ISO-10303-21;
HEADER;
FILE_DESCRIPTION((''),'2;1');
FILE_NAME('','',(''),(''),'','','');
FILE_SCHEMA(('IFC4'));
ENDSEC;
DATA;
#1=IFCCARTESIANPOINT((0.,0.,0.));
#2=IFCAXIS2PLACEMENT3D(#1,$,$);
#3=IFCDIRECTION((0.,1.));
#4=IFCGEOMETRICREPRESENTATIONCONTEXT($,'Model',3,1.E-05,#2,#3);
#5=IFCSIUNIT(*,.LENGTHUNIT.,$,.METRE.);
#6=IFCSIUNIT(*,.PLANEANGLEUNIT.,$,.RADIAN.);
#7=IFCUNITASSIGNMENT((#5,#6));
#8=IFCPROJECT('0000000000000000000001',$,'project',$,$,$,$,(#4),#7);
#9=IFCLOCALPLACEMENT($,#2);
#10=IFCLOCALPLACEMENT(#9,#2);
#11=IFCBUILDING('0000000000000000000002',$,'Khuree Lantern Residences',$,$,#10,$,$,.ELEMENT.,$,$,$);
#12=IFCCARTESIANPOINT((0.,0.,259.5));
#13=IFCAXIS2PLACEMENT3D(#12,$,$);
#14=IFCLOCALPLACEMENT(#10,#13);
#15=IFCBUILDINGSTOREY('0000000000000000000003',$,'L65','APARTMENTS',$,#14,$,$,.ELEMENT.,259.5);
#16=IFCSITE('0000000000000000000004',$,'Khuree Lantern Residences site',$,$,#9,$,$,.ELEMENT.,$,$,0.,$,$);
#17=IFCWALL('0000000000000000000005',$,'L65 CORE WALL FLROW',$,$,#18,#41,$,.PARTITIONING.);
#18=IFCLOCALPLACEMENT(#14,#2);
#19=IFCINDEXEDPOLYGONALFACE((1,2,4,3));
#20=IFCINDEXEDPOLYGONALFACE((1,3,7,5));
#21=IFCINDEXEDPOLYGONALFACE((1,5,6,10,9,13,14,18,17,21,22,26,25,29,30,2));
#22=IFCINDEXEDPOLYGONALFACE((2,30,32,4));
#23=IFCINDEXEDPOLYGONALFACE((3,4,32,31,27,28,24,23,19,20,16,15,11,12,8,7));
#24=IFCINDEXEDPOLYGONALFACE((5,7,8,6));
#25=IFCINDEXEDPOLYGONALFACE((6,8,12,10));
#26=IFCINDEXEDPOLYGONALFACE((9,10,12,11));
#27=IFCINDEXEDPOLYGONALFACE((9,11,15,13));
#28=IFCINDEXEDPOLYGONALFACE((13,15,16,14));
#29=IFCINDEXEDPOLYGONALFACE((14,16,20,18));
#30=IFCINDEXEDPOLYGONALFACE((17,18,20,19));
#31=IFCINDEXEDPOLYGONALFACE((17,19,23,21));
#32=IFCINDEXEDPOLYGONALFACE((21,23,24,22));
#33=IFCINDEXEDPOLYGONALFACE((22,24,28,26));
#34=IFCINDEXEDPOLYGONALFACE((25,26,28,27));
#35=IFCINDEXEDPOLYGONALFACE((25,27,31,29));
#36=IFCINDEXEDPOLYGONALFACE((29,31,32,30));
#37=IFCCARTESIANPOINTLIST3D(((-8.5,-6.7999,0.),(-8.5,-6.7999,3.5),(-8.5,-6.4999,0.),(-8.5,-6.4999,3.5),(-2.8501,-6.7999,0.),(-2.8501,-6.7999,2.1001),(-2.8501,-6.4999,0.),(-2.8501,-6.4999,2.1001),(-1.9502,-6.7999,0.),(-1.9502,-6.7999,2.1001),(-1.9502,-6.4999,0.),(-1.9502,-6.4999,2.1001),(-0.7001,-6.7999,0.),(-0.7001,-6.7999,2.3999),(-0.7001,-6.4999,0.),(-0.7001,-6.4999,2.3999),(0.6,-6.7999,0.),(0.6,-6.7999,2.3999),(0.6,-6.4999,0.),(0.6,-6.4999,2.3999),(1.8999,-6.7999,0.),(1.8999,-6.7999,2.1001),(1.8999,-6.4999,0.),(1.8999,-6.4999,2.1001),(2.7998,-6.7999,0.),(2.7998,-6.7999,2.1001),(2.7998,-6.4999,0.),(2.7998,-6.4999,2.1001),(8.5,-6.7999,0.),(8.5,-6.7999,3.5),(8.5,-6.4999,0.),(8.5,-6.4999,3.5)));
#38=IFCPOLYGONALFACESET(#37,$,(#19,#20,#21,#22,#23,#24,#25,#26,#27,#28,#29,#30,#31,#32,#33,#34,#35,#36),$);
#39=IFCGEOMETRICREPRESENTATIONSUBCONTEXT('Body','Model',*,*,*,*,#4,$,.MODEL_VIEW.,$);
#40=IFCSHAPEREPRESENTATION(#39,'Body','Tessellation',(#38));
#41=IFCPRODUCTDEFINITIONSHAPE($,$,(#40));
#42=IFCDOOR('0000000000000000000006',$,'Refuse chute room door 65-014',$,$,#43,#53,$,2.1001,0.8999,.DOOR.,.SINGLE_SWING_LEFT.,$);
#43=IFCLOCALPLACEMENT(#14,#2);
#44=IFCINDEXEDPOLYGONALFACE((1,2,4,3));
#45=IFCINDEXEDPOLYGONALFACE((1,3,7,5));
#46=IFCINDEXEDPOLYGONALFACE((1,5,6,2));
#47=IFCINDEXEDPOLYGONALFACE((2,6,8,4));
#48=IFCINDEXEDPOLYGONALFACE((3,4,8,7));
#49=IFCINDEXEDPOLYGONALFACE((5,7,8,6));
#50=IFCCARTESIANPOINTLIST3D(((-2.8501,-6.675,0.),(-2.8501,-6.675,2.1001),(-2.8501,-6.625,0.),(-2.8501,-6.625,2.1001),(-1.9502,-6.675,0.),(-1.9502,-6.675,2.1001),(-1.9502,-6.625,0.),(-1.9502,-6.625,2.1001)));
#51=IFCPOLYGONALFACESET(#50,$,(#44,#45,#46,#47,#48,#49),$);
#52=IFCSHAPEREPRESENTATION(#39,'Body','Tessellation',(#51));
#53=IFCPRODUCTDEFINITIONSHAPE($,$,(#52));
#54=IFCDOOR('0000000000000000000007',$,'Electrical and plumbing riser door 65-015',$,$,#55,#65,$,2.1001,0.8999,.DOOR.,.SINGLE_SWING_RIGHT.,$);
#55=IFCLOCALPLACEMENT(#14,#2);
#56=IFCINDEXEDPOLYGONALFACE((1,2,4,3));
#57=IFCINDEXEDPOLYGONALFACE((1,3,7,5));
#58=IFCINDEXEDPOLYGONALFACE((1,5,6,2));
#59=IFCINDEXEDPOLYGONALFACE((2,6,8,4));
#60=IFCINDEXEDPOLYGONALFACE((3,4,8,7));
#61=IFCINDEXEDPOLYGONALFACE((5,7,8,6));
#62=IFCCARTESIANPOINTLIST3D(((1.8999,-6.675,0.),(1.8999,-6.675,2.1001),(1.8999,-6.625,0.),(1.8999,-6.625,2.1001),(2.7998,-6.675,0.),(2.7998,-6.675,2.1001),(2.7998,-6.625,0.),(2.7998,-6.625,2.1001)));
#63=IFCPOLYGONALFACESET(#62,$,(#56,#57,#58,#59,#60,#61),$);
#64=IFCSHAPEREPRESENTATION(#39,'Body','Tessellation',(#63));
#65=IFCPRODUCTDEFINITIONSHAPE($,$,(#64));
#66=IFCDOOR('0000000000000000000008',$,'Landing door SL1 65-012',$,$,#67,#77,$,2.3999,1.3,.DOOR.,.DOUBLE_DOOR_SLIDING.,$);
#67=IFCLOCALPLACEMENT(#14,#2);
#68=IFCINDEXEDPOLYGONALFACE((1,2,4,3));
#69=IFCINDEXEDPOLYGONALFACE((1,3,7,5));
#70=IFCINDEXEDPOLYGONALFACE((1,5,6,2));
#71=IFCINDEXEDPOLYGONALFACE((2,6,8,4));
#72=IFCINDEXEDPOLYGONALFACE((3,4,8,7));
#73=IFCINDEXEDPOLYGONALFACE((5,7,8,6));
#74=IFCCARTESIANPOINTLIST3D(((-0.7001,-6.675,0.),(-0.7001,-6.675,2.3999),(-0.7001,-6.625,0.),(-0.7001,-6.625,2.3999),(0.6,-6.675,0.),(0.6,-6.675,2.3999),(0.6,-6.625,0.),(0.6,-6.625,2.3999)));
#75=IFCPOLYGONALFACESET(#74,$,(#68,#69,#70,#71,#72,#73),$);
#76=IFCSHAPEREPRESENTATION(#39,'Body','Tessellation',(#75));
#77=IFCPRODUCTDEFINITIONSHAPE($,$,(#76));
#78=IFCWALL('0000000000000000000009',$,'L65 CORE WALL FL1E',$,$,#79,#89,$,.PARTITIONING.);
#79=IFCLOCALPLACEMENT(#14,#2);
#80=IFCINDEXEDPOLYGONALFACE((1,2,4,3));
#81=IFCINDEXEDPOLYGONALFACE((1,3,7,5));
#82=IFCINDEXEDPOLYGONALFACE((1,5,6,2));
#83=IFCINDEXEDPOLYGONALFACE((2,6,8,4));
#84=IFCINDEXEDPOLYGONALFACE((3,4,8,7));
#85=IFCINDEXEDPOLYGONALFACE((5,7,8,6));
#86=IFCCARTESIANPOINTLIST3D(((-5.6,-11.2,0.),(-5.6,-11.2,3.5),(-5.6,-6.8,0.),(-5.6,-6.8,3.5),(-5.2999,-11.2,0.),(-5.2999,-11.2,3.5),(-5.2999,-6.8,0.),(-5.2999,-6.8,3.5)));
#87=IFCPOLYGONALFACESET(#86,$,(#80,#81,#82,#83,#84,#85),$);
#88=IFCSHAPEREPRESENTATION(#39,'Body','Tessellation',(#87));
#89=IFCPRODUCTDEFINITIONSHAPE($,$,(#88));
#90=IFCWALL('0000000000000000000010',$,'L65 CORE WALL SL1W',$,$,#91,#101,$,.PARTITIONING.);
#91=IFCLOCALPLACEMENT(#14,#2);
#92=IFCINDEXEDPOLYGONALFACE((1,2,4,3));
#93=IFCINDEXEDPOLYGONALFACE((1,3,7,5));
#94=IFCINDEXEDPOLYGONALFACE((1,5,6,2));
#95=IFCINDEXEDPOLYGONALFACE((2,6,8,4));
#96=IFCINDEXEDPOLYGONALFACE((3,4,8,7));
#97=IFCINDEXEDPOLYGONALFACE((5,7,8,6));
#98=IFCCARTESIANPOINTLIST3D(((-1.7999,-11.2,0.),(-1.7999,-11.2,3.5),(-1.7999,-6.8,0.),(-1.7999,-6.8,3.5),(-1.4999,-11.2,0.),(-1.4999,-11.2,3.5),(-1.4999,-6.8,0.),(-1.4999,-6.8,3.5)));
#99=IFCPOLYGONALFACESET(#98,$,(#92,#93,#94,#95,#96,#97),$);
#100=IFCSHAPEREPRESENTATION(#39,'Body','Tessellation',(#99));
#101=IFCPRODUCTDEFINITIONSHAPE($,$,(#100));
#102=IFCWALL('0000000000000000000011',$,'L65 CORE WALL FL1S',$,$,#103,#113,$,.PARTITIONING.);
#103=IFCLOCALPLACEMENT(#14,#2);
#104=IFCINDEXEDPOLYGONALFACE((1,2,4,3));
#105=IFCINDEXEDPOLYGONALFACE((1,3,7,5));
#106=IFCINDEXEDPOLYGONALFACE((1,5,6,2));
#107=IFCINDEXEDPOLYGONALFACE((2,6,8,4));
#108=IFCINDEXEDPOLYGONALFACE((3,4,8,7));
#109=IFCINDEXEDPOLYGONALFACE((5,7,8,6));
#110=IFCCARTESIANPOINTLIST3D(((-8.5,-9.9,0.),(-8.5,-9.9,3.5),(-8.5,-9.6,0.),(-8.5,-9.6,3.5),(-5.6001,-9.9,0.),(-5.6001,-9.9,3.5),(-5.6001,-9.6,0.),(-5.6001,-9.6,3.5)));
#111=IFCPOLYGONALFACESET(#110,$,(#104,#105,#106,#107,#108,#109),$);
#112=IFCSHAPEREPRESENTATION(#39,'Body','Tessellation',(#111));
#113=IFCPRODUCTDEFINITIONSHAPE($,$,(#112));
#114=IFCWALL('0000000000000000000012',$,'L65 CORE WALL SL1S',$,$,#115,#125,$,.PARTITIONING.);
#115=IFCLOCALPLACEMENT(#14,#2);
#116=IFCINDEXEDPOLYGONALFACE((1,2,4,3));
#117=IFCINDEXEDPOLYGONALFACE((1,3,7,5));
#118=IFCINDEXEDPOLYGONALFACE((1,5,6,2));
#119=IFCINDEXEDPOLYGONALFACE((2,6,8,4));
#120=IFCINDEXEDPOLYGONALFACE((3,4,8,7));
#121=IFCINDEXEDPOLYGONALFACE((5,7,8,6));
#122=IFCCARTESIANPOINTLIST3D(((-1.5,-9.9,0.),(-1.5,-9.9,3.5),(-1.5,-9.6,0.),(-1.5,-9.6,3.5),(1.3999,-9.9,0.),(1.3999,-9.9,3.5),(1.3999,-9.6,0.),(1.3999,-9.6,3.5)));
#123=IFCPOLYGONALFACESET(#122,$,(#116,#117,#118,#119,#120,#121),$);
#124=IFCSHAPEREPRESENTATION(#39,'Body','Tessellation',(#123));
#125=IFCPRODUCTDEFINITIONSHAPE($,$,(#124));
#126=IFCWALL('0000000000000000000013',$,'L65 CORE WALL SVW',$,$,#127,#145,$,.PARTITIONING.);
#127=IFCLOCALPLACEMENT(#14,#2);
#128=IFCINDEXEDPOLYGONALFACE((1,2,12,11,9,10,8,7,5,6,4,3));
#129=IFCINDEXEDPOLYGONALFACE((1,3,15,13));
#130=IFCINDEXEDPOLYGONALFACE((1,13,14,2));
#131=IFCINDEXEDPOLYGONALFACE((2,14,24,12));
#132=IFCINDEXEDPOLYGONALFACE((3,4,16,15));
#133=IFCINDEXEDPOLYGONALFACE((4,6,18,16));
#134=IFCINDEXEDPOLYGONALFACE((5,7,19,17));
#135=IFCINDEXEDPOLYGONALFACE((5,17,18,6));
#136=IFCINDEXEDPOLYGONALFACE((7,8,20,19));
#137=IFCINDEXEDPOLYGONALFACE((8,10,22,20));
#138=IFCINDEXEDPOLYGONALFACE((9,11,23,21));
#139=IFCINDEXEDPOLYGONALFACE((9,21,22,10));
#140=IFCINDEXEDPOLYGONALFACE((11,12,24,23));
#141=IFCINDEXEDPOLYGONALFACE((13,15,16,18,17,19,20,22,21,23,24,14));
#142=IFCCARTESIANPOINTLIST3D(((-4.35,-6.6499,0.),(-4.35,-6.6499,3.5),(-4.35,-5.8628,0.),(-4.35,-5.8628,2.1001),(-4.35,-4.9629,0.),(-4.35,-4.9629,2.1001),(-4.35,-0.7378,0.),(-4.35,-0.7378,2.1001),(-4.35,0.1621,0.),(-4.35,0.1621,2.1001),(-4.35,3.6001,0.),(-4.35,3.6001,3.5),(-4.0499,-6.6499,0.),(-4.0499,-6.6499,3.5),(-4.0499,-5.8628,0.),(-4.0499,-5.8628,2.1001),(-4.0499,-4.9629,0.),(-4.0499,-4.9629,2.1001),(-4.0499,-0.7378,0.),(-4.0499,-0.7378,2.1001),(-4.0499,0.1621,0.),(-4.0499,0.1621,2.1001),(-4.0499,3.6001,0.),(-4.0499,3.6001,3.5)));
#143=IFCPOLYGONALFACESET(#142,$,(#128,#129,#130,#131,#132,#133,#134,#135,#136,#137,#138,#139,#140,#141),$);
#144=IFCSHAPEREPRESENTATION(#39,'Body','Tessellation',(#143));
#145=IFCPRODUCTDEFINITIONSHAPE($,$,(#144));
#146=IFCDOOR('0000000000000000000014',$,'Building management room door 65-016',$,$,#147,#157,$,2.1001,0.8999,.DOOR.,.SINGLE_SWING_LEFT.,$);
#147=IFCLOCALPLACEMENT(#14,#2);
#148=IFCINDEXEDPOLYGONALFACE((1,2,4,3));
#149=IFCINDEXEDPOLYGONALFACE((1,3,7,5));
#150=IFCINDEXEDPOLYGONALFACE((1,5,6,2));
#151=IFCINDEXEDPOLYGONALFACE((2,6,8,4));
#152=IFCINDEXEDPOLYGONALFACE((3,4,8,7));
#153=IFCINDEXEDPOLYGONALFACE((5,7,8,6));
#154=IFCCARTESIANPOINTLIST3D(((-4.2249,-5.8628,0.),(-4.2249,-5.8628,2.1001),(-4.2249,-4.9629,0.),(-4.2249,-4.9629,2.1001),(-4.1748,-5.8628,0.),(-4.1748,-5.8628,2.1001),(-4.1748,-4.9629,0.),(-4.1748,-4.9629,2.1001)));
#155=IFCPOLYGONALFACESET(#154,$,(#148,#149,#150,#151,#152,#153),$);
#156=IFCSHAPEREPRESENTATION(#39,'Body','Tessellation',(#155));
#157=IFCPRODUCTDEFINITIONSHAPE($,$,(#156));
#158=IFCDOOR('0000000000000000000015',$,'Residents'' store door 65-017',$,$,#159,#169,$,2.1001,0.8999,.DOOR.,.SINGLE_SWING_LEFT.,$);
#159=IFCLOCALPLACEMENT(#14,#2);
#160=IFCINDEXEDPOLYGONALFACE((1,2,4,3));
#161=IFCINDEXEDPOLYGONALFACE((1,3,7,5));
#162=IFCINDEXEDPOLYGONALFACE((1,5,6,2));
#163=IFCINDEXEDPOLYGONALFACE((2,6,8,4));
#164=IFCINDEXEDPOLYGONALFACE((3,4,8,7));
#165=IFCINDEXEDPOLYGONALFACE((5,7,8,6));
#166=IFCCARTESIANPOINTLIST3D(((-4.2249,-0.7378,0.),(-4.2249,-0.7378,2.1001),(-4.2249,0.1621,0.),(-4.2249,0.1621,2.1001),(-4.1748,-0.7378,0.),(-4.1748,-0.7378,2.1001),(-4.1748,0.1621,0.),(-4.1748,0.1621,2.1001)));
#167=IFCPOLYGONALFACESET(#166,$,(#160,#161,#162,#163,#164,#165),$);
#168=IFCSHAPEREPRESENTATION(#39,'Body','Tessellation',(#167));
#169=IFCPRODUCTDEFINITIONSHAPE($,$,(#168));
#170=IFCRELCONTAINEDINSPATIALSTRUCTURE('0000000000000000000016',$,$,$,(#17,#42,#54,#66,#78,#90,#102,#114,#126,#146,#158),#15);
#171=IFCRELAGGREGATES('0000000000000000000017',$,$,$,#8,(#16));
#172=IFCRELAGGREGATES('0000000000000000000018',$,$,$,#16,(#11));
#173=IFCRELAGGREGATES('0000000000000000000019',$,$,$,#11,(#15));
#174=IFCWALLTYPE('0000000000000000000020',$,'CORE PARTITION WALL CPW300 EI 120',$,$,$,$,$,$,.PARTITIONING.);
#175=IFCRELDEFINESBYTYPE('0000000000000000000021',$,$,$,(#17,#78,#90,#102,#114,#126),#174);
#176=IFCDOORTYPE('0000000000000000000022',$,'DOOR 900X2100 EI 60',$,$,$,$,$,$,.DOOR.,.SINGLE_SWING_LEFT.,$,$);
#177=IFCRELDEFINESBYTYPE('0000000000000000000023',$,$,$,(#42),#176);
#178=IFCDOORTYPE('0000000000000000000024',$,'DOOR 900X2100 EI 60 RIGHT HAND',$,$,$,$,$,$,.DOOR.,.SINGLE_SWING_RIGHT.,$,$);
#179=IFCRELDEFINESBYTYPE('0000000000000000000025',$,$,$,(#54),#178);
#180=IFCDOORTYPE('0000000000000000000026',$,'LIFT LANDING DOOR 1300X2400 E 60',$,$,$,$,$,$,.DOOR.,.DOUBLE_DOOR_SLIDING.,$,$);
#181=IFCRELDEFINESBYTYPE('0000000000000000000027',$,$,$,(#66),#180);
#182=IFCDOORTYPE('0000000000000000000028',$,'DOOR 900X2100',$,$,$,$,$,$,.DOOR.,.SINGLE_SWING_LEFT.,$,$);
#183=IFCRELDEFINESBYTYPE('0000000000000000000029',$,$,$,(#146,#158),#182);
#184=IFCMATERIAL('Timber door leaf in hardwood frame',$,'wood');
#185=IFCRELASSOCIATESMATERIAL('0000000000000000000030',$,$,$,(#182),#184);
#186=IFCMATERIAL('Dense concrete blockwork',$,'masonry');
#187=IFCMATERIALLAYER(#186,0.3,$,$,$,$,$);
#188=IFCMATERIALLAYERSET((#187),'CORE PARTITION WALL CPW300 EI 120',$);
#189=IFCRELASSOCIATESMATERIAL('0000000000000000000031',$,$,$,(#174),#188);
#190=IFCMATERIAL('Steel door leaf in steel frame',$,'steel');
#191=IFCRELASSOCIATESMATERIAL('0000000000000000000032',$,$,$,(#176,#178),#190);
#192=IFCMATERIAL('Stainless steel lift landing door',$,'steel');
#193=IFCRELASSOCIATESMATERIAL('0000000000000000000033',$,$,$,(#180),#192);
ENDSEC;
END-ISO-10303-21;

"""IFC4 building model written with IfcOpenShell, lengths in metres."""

from ifc_helpers import new_model, si_unit, direction, frame, frame_2d, origin, place, context, subcontext, project, spatial, rectangle, extrude, material, layer, layer_set, type_object, element, fill, save


model = new_model("IFC4")

# Units and contexts
model_context = context("Model", 3, precision=1e-05, world=origin(), true_north=direction((0.0, 1.0)))
body_context = subcontext(model_context, "Body", "Model", "MODEL_VIEW")
ifc_project = project(units=[si_unit("LENGTHUNIT", "METRE"), si_unit("PLANEANGLEUNIT", "RADIAN")], contexts=[model_context])

# Site, building, storey
site_placement = place(None, origin())
site = spatial("IfcSite", under=ifc_project, at=site_placement, Name="Khuree Lantern Residences site", CompositionType="ELEMENT", RefElevation=0.0)
building_placement = place(site_placement, origin())
building = spatial("IfcBuilding", under=site, at=building_placement, Name="Khuree Lantern Residences", CompositionType="ELEMENT")
storey_placement = place(building_placement, frame((0.0, 0.0, 259.5)))
storey = spatial("IfcBuildingStorey", under=building, at=storey_placement, Name="L65", Description="APARTMENTS", CompositionType="ELEMENT", Elevation=259.5)

# Shared definitions
ifc_material_1 = material(Name="Timber door leaf in hardwood frame", Category="wood")
door_type_1 = type_object("IfcDoorType", Name="DOOR 900X2100", OperationType="SINGLE_SWING_LEFT", PredefinedType="DOOR", material=ifc_material_1)

# Shared definitions
ifc_material_2 = material(Name="Dense concrete blockwork", Category="masonry")
ifc_layer_1 = layer(ifc_material_2, 0.3)
ifc_layer_set_1 = layer_set([ifc_layer_1], Name="CORE PARTITION WALL CPW300 EI 120")
wall_type_1 = type_object("IfcWallType", Name="CORE PARTITION WALL CPW300 EI 120", PredefinedType="PARTITIONING", material=ifc_layer_set_1)
ifc_material_3 = material(Name="Stainless steel lift landing door", Category="steel")

# Wall, openings, doors
wall_1_placement = place(storey_placement, frame((-8.5, -6.6499, 0.0), z_axis=(0.0, 0.0, 1.0), x_axis=(1.0, 0.0, 0.0)))
wall_1 = element("IfcWall", 1, at=wall_1_placement, inside=storey, type_object=wall_type_1, Name="L65 CORE WALL FLROW", PredefinedType="PARTITIONING", context=body_context, shape_type="SweptSolid", body=[
    extrude(rectangle(XDim=17.0, YDim=0.3, at=frame_2d((8.5, 0.0))), origin(), (0.0, 0.0, 1.0), 3.5),
])
opening_1_placement = place(wall_1_placement, frame((7.8, 0.0, 0.0)))
opening_1 = element("IfcOpeningElement", 2, at=opening_1_placement, cuts=wall_1, PredefinedType="OPENING", context=body_context, shape_type="SweptSolid", body=[
    extrude(rectangle(XDim=1.3, YDim=2.3999, at=frame_2d((0.6499, 1.2))), frame((0.0, 0.1602, 0.0), z_axis=(0.0, -1.0, 0.0), x_axis=(1.0, 0.0, 0.0)), (0.0, 0.0, 1.0), 0.3201),
])
opening_2_placement = place(wall_1_placement, frame((5.6499, 0.0, 0.0)))
opening_2 = element("IfcOpeningElement", 3, at=opening_2_placement, cuts=wall_1, PredefinedType="OPENING", context=body_context, shape_type="SweptSolid", body=[
    extrude(rectangle(XDim=0.8999, YDim=2.1001, at=frame_2d((0.45, 1.05))), frame((0.0, 0.1602, 0.0), z_axis=(0.0, -1.0, 0.0), x_axis=(1.0, 0.0, 0.0)), (0.0, 0.0, 1.0), 0.3201),
])
opening_3_placement = place(wall_1_placement, frame((10.3999, 0.0, 0.0)))
opening_3 = element("IfcOpeningElement", 4, at=opening_3_placement, cuts=wall_1, PredefinedType="OPENING", context=body_context, shape_type="SweptSolid", body=[
    extrude(rectangle(XDim=0.8999, YDim=2.1001, at=frame_2d((0.45, 1.05))), frame((0.0, 0.1602, 0.0), z_axis=(0.0, -1.0, 0.0), x_axis=(1.0, 0.0, 0.0)), (0.0, 0.0, 1.0), 0.3201),
])
ifc_material_4 = material(Name="Steel door leaf in steel frame", Category="steel")
door_type_2 = type_object("IfcDoorType", Name="DOOR 900X2100 EI 60", OperationType="SINGLE_SWING_LEFT", PredefinedType="DOOR", material=ifc_material_4)
door_1_placement = place(opening_2_placement, origin())
door_1 = element("IfcDoor", 5, at=door_1_placement, inside=storey, type_object=door_type_2, Name="Refuse chute room door 65-014", OperationType="SINGLE_SWING_LEFT", OverallHeight=2.1001, OverallWidth=0.8999, PredefinedType="DOOR", context=body_context, shape_type="SweptSolid", body=[
    extrude(rectangle(XDim=0.8999, YDim=2.1001, at=frame_2d((0.45, 1.05))), frame((0.0, 0.0249, 0.0), z_axis=(0.0, -1.0, 0.0), x_axis=(1.0, 0.0, 0.0)), (0.0, 0.0, 1.0), 0.05),
])
fill(opening_2, door_1)
door_type_3 = type_object("IfcDoorType", Name="DOOR 900X2100 EI 60 RIGHT HAND", OperationType="SINGLE_SWING_RIGHT", PredefinedType="DOOR", material=ifc_material_4)
door_2_placement = place(opening_3_placement, origin())
door_2 = element("IfcDoor", 6, at=door_2_placement, inside=storey, type_object=door_type_3, Name="Electrical and plumbing riser door 65-015", OperationType="SINGLE_SWING_RIGHT", OverallHeight=2.1001, OverallWidth=0.8999, PredefinedType="DOOR", context=body_context, shape_type="SweptSolid", body=[
    extrude(rectangle(XDim=0.8999, YDim=2.1001, at=frame_2d((0.45, 1.05))), frame((0.0, 0.0249, 0.0), z_axis=(0.0, -1.0, 0.0), x_axis=(1.0, 0.0, 0.0)), (0.0, 0.0, 1.0), 0.05),
])
fill(opening_3, door_2)
door_type_4 = type_object("IfcDoorType", Name="LIFT LANDING DOOR 1300X2400 E 60", OperationType="DOUBLE_DOOR_SLIDING", PredefinedType="DOOR", material=ifc_material_3)
door_3_placement = place(opening_1_placement, origin())
door_3 = element("IfcDoor", 7, at=door_3_placement, inside=storey, type_object=door_type_4, Name="Landing door SL1 65-012", OperationType="DOUBLE_DOOR_SLIDING", OverallHeight=2.3999, OverallWidth=1.3, PredefinedType="DOOR", context=body_context, shape_type="SweptSolid", body=[
    extrude(rectangle(XDim=1.3, YDim=2.3999, at=frame_2d((0.6499, 1.2))), frame((0.0, 0.0249, 0.0), z_axis=(0.0, -1.0, 0.0), x_axis=(1.0, 0.0, 0.0)), (0.0, 0.0, 1.0), 0.05),
])
fill(opening_1, door_3)

# Walls
for number, where, z_axis, x_axis, name in (
    (8, (-5.45, -11.2, 0.0), (0.0, 0.0, 1.0), (0.0, 1.0, 0.0), "L65 CORE WALL FL1E"),
    (9, (-1.6499, -11.2, 0.0), (0.0, 0.0, 1.0), (0.0, 1.0, 0.0), "L65 CORE WALL SL1W"),
):
    element("IfcWall", number, at=place(storey_placement, frame(where, z_axis=z_axis, x_axis=x_axis)), inside=storey, type_object=wall_type_1, Name=name, PredefinedType="PARTITIONING", context=body_context, shape_type="SweptSolid", body=[
        extrude(rectangle(XDim=4.3999, YDim=0.3, at=frame_2d((2.2, 0.0))), origin(), (0.0, 0.0, 1.0), 3.5),
    ])
for number, where, z_axis, x_axis, name in (
    (10, (-8.5, -9.75, 0.0), (0.0, 0.0, 1.0), (1.0, 0.0, 0.0), "L65 CORE WALL FL1S"),
    (11, (-1.5, -9.75, 0.0), (0.0, 0.0, 1.0), (1.0, 0.0, 0.0), "L65 CORE WALL SL1S"),
):
    element("IfcWall", number, at=place(storey_placement, frame(where, z_axis=z_axis, x_axis=x_axis)), inside=storey, type_object=wall_type_1, Name=name, PredefinedType="PARTITIONING", context=body_context, shape_type="SweptSolid", body=[
        extrude(rectangle(XDim=2.8999, YDim=0.3, at=frame_2d((1.45, 0.0))), origin(), (0.0, 0.0, 1.0), 3.5),
    ])

# Wall, openings, doors
wall_2_placement = place(storey_placement, frame((-4.2, -6.6499, 0.0), z_axis=(0.0, 0.0, 1.0), x_axis=(0.0, 1.0, 0.0)))
wall_2 = element("IfcWall", 12, at=wall_2_placement, inside=storey, type_object=wall_type_1, Name="L65 CORE WALL SVW", PredefinedType="PARTITIONING", context=body_context, shape_type="SweptSolid", body=[
    extrude(rectangle(XDim=10.25, YDim=0.3, at=frame_2d((5.125, 0.0))), origin(), (0.0, 0.0, 1.0), 3.5),
])
opening_4_placement = place(wall_2_placement, frame((0.7871, 0.0, 0.0)))
opening_4 = element("IfcOpeningElement", 13, at=opening_4_placement, cuts=wall_2, PredefinedType="OPENING", context=body_context, shape_type="SweptSolid", body=[
    extrude(rectangle(XDim=0.8999, YDim=2.1001, at=frame_2d((0.45, 1.05))), frame((0.0, 0.1602, 0.0), z_axis=(0.0, -1.0, 0.0), x_axis=(1.0, 0.0, 0.0)), (0.0, 0.0, 1.0), 0.3201),
])
opening_5_placement = place(wall_2_placement, frame((5.9121, 0.0, 0.0)))
opening_5 = element("IfcOpeningElement", 14, at=opening_5_placement, cuts=wall_2, PredefinedType="OPENING", context=body_context, shape_type="SweptSolid", body=[
    extrude(rectangle(XDim=0.8999, YDim=2.1001, at=frame_2d((0.45, 1.05))), frame((0.0, 0.1602, 0.0), z_axis=(0.0, -1.0, 0.0), x_axis=(1.0, 0.0, 0.0)), (0.0, 0.0, 1.0), 0.3201),
])
door_4_placement = place(opening_4_placement, origin())
door_4 = element("IfcDoor", 15, at=door_4_placement, inside=storey, type_object=door_type_1, Name="Building management room door 65-016", OperationType="SINGLE_SWING_LEFT", OverallHeight=2.1001, OverallWidth=0.8999, PredefinedType="DOOR", context=body_context, shape_type="SweptSolid", body=[
    extrude(rectangle(XDim=0.8999, YDim=2.1001, at=frame_2d((0.45, 1.05))), frame((0.0, 0.0249, 0.0), z_axis=(0.0, -1.0, 0.0), x_axis=(1.0, 0.0, 0.0)), (0.0, 0.0, 1.0), 0.05),
])
fill(opening_4, door_4)
door_5_placement = place(opening_5_placement, origin())
door_5 = element("IfcDoor", 16, at=door_5_placement, inside=storey, type_object=door_type_1, Name="Residents' store door 65-017", OperationType="SINGLE_SWING_LEFT", OverallHeight=2.1001, OverallWidth=0.8999, PredefinedType="DOOR", context=body_context, shape_type="SweptSolid", body=[
    extrude(rectangle(XDim=0.8999, YDim=2.1001, at=frame_2d((0.45, 1.05))), frame((0.0, 0.0249, 0.0), z_axis=(0.0, -1.0, 0.0), x_axis=(1.0, 0.0, 0.0)), (0.0, 0.0, 1.0), 0.05),
])
fill(opening_5, door_5)

save(model, "model.ifc")
